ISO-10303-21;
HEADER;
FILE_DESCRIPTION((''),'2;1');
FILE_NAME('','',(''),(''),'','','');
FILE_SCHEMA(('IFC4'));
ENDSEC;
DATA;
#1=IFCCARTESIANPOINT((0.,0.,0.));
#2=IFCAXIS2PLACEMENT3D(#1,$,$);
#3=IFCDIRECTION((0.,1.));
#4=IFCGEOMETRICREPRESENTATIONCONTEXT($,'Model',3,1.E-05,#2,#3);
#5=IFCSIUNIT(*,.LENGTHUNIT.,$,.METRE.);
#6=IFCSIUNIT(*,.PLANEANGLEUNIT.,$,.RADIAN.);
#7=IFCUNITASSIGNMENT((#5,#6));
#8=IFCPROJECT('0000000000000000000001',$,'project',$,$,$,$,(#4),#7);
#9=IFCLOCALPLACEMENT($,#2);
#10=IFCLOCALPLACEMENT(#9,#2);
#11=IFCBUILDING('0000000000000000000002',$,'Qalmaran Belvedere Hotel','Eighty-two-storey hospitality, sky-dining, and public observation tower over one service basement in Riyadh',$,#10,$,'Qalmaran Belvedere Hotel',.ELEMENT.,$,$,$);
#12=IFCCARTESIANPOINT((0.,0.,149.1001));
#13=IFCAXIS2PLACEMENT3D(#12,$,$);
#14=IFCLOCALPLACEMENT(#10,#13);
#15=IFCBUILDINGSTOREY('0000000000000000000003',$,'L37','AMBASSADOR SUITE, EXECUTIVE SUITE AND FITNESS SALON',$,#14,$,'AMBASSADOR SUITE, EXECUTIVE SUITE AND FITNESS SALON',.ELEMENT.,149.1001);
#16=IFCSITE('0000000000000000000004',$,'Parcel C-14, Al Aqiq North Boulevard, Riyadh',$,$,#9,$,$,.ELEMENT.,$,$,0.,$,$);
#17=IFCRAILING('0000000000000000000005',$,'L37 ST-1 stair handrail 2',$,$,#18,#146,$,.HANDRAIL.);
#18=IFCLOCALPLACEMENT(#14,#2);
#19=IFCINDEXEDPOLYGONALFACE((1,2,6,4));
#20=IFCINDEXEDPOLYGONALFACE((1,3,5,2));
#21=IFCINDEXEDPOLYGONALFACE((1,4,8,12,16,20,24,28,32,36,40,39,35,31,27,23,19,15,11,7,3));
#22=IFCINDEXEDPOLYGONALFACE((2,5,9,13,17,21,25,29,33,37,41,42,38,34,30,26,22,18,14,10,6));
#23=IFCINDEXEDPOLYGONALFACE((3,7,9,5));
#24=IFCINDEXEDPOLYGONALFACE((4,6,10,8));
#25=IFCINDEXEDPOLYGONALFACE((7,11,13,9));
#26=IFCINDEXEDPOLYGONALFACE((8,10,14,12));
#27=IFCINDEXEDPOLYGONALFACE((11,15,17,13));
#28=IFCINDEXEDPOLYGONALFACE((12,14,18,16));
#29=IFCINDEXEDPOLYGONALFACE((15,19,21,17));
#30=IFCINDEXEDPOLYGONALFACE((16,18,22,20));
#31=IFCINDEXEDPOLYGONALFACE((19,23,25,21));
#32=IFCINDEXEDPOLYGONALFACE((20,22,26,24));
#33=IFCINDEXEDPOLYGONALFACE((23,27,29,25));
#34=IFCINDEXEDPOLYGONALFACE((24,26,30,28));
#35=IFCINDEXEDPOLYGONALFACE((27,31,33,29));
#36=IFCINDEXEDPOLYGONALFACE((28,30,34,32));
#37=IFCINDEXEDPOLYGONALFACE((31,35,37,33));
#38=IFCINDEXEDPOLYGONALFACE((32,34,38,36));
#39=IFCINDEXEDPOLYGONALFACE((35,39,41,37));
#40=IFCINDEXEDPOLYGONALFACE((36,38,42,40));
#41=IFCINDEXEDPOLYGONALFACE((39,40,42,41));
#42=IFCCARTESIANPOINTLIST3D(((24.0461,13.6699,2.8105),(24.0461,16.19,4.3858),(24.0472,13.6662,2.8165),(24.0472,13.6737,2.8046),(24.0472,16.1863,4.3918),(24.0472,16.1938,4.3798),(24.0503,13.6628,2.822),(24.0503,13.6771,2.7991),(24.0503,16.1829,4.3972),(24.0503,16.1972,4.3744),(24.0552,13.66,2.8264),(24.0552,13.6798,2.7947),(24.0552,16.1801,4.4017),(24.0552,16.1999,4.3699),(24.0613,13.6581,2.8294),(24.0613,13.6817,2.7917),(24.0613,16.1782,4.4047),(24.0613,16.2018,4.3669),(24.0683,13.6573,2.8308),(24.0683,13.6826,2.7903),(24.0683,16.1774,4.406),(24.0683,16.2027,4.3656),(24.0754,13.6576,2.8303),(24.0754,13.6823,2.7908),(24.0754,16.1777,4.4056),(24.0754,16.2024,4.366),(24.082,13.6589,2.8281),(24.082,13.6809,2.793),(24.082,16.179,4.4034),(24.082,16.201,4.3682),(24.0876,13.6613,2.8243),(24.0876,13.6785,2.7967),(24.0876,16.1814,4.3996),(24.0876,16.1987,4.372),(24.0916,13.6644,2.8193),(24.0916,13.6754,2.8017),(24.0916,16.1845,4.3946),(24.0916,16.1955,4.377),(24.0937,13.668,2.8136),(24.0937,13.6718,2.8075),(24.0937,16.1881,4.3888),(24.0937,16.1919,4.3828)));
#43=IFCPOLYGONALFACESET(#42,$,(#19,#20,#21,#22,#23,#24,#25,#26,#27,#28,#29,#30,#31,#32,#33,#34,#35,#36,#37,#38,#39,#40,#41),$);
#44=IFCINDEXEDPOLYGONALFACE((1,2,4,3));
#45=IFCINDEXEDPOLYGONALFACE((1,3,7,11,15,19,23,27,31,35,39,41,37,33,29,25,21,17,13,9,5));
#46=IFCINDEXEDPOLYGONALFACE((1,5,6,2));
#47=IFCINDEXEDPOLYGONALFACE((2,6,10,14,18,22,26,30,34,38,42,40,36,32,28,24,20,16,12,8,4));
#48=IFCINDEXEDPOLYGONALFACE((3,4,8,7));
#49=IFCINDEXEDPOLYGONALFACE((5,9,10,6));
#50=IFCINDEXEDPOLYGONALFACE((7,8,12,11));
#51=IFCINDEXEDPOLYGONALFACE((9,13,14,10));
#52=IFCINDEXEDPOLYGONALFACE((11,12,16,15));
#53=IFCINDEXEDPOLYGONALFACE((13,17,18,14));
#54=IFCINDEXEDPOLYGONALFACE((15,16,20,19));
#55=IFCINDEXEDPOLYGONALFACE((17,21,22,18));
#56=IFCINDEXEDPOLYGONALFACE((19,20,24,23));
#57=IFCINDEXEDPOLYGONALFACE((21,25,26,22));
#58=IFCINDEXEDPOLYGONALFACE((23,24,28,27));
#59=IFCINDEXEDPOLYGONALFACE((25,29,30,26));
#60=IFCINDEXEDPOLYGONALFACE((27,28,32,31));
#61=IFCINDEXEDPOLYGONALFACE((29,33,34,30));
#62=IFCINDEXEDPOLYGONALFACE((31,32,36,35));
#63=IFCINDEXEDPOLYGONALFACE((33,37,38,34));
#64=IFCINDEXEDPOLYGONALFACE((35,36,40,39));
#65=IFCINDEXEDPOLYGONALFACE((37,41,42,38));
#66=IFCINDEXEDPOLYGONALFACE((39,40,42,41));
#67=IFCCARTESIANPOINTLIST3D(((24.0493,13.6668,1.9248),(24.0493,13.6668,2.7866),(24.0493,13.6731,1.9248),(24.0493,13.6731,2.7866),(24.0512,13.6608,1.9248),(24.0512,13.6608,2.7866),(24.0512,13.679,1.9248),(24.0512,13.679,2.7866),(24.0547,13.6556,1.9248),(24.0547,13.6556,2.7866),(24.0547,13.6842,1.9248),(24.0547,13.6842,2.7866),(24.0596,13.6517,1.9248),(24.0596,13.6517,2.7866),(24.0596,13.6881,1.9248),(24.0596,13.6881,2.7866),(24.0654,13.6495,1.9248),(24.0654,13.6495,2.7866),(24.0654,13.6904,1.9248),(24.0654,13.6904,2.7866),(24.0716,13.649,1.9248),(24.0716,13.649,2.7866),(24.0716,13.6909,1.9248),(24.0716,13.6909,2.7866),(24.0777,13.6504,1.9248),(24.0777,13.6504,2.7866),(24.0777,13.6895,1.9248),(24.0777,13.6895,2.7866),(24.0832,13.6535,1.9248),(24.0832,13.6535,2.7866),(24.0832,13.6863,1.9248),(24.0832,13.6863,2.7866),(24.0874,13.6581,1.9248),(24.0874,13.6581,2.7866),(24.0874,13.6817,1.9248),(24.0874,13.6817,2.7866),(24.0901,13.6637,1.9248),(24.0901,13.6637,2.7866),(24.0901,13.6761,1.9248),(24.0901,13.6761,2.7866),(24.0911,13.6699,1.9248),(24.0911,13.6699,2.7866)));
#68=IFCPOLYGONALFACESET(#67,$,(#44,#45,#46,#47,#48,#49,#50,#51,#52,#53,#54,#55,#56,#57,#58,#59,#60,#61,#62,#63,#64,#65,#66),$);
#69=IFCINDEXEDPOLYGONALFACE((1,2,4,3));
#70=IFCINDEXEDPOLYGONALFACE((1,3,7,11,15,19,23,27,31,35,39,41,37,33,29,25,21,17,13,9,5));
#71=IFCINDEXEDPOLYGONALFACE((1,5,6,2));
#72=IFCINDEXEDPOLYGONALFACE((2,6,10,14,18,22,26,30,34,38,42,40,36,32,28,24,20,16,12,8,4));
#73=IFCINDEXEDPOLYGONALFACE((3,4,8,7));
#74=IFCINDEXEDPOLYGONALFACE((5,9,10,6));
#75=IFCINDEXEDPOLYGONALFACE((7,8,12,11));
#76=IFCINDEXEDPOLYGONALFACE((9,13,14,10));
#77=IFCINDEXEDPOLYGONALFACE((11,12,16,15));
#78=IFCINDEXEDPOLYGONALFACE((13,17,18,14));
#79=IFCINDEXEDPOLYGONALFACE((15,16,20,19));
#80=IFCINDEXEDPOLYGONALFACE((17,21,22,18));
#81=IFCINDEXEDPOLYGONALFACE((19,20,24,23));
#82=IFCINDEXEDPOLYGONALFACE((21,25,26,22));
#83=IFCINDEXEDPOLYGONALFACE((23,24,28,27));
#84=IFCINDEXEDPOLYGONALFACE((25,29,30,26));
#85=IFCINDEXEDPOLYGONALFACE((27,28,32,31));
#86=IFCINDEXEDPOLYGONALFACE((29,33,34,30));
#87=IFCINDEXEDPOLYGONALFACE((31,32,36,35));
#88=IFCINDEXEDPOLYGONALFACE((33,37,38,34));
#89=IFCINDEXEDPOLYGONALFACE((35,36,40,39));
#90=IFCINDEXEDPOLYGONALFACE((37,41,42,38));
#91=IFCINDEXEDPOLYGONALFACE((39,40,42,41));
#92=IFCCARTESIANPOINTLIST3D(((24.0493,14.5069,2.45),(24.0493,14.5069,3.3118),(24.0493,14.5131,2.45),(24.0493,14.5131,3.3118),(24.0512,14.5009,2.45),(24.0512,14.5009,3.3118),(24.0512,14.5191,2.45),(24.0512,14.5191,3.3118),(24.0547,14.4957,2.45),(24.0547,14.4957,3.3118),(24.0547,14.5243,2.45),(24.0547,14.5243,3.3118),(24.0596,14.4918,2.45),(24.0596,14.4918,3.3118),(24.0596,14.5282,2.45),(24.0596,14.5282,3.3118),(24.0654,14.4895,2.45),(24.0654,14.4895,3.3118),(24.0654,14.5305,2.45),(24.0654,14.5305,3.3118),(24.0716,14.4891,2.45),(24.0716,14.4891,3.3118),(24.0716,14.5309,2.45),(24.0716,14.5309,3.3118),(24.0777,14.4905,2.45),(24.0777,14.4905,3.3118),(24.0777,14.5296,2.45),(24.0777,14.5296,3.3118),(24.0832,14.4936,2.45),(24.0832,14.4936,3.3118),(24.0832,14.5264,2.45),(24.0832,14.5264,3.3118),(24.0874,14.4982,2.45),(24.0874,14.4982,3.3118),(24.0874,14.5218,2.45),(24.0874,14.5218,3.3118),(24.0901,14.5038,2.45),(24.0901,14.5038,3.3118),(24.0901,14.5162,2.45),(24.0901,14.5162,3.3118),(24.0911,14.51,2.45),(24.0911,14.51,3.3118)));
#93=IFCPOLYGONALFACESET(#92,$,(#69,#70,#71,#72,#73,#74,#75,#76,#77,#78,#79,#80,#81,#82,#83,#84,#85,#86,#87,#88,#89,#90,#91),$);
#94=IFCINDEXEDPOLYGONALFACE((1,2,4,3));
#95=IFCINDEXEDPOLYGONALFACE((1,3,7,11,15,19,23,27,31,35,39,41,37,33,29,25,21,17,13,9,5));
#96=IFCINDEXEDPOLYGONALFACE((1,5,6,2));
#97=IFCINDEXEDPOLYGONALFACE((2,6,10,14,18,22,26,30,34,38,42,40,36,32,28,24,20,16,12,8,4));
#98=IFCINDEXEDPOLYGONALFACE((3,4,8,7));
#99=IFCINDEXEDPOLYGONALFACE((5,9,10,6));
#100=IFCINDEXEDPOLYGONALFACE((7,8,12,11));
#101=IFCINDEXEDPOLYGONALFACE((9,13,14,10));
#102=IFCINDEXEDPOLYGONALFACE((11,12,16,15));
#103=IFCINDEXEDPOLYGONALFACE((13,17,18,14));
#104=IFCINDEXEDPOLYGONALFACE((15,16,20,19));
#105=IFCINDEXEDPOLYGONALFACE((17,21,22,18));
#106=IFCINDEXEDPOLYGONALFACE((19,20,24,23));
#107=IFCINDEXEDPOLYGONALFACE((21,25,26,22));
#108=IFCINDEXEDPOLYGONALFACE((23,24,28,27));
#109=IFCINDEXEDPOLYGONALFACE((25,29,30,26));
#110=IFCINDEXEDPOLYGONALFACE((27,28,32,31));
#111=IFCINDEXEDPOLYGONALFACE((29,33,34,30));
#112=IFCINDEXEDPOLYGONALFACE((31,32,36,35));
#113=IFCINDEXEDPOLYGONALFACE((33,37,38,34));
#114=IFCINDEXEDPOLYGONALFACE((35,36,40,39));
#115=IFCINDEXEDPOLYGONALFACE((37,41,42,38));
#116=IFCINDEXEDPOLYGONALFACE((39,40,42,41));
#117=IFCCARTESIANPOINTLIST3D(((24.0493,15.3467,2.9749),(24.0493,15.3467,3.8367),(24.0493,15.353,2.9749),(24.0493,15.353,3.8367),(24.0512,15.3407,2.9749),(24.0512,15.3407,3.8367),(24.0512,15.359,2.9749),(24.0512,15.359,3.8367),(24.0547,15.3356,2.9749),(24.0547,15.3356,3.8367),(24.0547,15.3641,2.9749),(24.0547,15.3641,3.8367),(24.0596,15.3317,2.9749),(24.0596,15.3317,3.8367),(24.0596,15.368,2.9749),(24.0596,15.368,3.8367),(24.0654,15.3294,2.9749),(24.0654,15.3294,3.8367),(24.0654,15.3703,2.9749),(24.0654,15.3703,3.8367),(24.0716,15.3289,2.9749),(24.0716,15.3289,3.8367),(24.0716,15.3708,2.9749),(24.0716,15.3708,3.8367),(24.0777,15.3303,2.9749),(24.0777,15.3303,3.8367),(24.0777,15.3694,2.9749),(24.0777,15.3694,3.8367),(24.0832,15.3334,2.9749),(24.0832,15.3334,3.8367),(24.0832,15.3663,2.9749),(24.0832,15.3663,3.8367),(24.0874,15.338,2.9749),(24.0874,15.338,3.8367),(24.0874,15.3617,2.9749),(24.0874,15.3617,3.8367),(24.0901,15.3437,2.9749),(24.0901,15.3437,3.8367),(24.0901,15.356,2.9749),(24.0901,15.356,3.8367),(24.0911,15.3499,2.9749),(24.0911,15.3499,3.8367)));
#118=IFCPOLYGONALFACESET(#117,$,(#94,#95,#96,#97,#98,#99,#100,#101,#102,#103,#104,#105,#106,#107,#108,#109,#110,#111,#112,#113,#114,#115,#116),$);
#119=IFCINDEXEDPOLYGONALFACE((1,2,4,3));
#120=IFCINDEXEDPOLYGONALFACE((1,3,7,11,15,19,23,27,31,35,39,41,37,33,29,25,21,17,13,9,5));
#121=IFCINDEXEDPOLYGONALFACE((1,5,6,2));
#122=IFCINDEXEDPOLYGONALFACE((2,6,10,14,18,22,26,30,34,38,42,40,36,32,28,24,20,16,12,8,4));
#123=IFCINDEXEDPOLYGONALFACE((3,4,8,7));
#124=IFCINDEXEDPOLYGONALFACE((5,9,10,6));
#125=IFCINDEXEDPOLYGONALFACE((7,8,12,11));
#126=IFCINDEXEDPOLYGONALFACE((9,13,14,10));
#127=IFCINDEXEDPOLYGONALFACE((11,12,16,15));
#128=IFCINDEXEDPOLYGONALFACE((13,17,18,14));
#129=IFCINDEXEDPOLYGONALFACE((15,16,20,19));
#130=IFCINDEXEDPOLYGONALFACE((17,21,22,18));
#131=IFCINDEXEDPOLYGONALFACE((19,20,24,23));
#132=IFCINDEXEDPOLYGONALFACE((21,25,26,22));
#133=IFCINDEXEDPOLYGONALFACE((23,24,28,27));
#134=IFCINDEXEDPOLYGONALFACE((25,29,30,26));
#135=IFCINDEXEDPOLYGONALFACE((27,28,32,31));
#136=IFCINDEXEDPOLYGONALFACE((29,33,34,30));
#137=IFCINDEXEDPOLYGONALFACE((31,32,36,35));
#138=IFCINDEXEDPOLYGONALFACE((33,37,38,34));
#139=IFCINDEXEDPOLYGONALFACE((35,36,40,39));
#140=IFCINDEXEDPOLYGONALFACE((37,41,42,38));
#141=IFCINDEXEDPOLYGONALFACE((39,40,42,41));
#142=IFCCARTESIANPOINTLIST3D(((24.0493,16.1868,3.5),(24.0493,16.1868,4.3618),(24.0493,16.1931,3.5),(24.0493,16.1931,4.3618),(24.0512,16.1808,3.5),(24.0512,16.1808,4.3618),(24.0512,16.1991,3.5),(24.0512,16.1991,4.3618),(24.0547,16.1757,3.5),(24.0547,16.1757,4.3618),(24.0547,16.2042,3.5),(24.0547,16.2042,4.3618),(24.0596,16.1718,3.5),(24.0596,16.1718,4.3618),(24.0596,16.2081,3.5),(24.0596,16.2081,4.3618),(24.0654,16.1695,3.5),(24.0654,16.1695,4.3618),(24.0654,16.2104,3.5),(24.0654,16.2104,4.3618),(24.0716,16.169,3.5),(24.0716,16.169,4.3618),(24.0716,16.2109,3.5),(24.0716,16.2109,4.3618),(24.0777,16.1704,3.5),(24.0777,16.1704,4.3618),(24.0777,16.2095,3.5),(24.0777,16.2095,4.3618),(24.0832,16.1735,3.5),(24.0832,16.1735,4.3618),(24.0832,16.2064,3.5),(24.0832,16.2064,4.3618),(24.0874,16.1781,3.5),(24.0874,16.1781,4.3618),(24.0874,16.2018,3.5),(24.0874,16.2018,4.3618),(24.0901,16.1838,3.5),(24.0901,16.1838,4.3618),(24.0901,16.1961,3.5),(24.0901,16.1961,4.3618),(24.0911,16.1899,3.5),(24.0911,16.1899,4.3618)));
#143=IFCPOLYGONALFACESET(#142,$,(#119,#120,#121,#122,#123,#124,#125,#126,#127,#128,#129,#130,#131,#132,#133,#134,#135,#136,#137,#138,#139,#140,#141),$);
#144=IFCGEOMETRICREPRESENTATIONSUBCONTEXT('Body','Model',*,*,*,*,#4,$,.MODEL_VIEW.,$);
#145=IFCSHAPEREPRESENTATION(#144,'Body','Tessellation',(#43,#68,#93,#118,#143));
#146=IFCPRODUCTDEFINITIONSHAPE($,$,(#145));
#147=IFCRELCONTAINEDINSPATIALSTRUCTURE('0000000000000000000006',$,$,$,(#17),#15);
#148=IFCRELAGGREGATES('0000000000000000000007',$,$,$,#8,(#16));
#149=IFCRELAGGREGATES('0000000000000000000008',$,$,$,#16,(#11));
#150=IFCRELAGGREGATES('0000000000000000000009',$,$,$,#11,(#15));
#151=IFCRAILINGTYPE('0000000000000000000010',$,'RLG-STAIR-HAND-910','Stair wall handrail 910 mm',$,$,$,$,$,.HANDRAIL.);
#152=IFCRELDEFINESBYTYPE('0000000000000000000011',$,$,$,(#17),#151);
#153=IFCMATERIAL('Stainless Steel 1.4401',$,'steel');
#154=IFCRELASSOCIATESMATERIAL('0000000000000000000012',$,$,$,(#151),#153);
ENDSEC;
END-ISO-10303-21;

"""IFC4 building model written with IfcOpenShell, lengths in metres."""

from ifc_helpers import new_model, si_unit, direction, frame, origin, origin_2d, place, context, subcontext, project, spatial, circle, extrude, material, type_object, element, save


model = new_model("IFC4")

# Units and contexts
model_context = context("Model", 3, precision=1e-05, world=origin(), true_north=direction((0.0, 1.0)))
body_context = subcontext(model_context, "Body", "Model", "MODEL_VIEW")
ifc_project = project(units=[si_unit("LENGTHUNIT", "METRE"), si_unit("PLANEANGLEUNIT", "RADIAN")], contexts=[model_context])

# Site, building, storey
site_placement = place(None, origin())
site = spatial("IfcSite", under=ifc_project, at=site_placement, Name="Parcel C-14, Al Aqiq North Boulevard, Riyadh", CompositionType="ELEMENT", RefElevation=0.0)
building_placement = place(site_placement, origin())
building = spatial("IfcBuilding", under=site, at=building_placement, Name="Qalmaran Belvedere Hotel", Description="Eighty-two-storey hospitality, sky-dining, and public observation tower over one service basement in Riyadh", LongName="Qalmaran Belvedere Hotel", CompositionType="ELEMENT")
storey_placement = place(building_placement, frame((0.0, 0.0, 149.1001)))
storey = spatial("IfcBuildingStorey", under=building, at=storey_placement, Name="L37", Description="AMBASSADOR SUITE, EXECUTIVE SUITE AND FITNESS SALON", LongName="AMBASSADOR SUITE, EXECUTIVE SUITE AND FITNESS SALON", CompositionType="ELEMENT", Elevation=149.1001)

# Railing
ifc_material_1 = material(Name="Stainless Steel 1.4401", Category="steel")
railing_type_1 = type_object("IfcRailingType", Name="RLG-STAIR-HAND-910", Description="Stair wall handrail 910 mm", PredefinedType="HANDRAIL", material=ifc_material_1)
railing_1_placement = place(storey_placement, frame((24.0701, 13.6699, 1.9248)))
element("IfcRailing", 1, at=railing_1_placement, inside=storey, type_object=railing_type_1, Name="L37 ST-1 stair handrail 2", PredefinedType="HANDRAIL", context=body_context, shape_type="SweptSolid", body=[
    extrude(circle(Radius=0.0239, at=origin_2d()), frame((0.0, 0.0, 0.8857), z_axis=(0.0, 0.847971, 0.530043), x_axis=(-1.0, 0.0, 0.0)), (0.0, 0.0, 1.0), 2.9719),
    extrude(circle(Radius=0.021, at=origin_2d()), origin(), (0.0, 0.0, 1.0), 0.8618),
    extrude(circle(Radius=0.021, at=origin_2d()), frame((0.0, 0.8401, 0.5251)), (0.0, 0.0, 1.0), 0.8618),
    extrude(circle(Radius=0.021, at=origin_2d()), frame((0.0, 1.6799, 1.05)), (0.0, 0.0, 1.0), 0.8618),
    extrude(circle(Radius=0.021, at=origin_2d()), frame((0.0, 2.52, 1.5752)), (0.0, 0.0, 1.0), 0.8618),
])

save(model, "model.ifc")
